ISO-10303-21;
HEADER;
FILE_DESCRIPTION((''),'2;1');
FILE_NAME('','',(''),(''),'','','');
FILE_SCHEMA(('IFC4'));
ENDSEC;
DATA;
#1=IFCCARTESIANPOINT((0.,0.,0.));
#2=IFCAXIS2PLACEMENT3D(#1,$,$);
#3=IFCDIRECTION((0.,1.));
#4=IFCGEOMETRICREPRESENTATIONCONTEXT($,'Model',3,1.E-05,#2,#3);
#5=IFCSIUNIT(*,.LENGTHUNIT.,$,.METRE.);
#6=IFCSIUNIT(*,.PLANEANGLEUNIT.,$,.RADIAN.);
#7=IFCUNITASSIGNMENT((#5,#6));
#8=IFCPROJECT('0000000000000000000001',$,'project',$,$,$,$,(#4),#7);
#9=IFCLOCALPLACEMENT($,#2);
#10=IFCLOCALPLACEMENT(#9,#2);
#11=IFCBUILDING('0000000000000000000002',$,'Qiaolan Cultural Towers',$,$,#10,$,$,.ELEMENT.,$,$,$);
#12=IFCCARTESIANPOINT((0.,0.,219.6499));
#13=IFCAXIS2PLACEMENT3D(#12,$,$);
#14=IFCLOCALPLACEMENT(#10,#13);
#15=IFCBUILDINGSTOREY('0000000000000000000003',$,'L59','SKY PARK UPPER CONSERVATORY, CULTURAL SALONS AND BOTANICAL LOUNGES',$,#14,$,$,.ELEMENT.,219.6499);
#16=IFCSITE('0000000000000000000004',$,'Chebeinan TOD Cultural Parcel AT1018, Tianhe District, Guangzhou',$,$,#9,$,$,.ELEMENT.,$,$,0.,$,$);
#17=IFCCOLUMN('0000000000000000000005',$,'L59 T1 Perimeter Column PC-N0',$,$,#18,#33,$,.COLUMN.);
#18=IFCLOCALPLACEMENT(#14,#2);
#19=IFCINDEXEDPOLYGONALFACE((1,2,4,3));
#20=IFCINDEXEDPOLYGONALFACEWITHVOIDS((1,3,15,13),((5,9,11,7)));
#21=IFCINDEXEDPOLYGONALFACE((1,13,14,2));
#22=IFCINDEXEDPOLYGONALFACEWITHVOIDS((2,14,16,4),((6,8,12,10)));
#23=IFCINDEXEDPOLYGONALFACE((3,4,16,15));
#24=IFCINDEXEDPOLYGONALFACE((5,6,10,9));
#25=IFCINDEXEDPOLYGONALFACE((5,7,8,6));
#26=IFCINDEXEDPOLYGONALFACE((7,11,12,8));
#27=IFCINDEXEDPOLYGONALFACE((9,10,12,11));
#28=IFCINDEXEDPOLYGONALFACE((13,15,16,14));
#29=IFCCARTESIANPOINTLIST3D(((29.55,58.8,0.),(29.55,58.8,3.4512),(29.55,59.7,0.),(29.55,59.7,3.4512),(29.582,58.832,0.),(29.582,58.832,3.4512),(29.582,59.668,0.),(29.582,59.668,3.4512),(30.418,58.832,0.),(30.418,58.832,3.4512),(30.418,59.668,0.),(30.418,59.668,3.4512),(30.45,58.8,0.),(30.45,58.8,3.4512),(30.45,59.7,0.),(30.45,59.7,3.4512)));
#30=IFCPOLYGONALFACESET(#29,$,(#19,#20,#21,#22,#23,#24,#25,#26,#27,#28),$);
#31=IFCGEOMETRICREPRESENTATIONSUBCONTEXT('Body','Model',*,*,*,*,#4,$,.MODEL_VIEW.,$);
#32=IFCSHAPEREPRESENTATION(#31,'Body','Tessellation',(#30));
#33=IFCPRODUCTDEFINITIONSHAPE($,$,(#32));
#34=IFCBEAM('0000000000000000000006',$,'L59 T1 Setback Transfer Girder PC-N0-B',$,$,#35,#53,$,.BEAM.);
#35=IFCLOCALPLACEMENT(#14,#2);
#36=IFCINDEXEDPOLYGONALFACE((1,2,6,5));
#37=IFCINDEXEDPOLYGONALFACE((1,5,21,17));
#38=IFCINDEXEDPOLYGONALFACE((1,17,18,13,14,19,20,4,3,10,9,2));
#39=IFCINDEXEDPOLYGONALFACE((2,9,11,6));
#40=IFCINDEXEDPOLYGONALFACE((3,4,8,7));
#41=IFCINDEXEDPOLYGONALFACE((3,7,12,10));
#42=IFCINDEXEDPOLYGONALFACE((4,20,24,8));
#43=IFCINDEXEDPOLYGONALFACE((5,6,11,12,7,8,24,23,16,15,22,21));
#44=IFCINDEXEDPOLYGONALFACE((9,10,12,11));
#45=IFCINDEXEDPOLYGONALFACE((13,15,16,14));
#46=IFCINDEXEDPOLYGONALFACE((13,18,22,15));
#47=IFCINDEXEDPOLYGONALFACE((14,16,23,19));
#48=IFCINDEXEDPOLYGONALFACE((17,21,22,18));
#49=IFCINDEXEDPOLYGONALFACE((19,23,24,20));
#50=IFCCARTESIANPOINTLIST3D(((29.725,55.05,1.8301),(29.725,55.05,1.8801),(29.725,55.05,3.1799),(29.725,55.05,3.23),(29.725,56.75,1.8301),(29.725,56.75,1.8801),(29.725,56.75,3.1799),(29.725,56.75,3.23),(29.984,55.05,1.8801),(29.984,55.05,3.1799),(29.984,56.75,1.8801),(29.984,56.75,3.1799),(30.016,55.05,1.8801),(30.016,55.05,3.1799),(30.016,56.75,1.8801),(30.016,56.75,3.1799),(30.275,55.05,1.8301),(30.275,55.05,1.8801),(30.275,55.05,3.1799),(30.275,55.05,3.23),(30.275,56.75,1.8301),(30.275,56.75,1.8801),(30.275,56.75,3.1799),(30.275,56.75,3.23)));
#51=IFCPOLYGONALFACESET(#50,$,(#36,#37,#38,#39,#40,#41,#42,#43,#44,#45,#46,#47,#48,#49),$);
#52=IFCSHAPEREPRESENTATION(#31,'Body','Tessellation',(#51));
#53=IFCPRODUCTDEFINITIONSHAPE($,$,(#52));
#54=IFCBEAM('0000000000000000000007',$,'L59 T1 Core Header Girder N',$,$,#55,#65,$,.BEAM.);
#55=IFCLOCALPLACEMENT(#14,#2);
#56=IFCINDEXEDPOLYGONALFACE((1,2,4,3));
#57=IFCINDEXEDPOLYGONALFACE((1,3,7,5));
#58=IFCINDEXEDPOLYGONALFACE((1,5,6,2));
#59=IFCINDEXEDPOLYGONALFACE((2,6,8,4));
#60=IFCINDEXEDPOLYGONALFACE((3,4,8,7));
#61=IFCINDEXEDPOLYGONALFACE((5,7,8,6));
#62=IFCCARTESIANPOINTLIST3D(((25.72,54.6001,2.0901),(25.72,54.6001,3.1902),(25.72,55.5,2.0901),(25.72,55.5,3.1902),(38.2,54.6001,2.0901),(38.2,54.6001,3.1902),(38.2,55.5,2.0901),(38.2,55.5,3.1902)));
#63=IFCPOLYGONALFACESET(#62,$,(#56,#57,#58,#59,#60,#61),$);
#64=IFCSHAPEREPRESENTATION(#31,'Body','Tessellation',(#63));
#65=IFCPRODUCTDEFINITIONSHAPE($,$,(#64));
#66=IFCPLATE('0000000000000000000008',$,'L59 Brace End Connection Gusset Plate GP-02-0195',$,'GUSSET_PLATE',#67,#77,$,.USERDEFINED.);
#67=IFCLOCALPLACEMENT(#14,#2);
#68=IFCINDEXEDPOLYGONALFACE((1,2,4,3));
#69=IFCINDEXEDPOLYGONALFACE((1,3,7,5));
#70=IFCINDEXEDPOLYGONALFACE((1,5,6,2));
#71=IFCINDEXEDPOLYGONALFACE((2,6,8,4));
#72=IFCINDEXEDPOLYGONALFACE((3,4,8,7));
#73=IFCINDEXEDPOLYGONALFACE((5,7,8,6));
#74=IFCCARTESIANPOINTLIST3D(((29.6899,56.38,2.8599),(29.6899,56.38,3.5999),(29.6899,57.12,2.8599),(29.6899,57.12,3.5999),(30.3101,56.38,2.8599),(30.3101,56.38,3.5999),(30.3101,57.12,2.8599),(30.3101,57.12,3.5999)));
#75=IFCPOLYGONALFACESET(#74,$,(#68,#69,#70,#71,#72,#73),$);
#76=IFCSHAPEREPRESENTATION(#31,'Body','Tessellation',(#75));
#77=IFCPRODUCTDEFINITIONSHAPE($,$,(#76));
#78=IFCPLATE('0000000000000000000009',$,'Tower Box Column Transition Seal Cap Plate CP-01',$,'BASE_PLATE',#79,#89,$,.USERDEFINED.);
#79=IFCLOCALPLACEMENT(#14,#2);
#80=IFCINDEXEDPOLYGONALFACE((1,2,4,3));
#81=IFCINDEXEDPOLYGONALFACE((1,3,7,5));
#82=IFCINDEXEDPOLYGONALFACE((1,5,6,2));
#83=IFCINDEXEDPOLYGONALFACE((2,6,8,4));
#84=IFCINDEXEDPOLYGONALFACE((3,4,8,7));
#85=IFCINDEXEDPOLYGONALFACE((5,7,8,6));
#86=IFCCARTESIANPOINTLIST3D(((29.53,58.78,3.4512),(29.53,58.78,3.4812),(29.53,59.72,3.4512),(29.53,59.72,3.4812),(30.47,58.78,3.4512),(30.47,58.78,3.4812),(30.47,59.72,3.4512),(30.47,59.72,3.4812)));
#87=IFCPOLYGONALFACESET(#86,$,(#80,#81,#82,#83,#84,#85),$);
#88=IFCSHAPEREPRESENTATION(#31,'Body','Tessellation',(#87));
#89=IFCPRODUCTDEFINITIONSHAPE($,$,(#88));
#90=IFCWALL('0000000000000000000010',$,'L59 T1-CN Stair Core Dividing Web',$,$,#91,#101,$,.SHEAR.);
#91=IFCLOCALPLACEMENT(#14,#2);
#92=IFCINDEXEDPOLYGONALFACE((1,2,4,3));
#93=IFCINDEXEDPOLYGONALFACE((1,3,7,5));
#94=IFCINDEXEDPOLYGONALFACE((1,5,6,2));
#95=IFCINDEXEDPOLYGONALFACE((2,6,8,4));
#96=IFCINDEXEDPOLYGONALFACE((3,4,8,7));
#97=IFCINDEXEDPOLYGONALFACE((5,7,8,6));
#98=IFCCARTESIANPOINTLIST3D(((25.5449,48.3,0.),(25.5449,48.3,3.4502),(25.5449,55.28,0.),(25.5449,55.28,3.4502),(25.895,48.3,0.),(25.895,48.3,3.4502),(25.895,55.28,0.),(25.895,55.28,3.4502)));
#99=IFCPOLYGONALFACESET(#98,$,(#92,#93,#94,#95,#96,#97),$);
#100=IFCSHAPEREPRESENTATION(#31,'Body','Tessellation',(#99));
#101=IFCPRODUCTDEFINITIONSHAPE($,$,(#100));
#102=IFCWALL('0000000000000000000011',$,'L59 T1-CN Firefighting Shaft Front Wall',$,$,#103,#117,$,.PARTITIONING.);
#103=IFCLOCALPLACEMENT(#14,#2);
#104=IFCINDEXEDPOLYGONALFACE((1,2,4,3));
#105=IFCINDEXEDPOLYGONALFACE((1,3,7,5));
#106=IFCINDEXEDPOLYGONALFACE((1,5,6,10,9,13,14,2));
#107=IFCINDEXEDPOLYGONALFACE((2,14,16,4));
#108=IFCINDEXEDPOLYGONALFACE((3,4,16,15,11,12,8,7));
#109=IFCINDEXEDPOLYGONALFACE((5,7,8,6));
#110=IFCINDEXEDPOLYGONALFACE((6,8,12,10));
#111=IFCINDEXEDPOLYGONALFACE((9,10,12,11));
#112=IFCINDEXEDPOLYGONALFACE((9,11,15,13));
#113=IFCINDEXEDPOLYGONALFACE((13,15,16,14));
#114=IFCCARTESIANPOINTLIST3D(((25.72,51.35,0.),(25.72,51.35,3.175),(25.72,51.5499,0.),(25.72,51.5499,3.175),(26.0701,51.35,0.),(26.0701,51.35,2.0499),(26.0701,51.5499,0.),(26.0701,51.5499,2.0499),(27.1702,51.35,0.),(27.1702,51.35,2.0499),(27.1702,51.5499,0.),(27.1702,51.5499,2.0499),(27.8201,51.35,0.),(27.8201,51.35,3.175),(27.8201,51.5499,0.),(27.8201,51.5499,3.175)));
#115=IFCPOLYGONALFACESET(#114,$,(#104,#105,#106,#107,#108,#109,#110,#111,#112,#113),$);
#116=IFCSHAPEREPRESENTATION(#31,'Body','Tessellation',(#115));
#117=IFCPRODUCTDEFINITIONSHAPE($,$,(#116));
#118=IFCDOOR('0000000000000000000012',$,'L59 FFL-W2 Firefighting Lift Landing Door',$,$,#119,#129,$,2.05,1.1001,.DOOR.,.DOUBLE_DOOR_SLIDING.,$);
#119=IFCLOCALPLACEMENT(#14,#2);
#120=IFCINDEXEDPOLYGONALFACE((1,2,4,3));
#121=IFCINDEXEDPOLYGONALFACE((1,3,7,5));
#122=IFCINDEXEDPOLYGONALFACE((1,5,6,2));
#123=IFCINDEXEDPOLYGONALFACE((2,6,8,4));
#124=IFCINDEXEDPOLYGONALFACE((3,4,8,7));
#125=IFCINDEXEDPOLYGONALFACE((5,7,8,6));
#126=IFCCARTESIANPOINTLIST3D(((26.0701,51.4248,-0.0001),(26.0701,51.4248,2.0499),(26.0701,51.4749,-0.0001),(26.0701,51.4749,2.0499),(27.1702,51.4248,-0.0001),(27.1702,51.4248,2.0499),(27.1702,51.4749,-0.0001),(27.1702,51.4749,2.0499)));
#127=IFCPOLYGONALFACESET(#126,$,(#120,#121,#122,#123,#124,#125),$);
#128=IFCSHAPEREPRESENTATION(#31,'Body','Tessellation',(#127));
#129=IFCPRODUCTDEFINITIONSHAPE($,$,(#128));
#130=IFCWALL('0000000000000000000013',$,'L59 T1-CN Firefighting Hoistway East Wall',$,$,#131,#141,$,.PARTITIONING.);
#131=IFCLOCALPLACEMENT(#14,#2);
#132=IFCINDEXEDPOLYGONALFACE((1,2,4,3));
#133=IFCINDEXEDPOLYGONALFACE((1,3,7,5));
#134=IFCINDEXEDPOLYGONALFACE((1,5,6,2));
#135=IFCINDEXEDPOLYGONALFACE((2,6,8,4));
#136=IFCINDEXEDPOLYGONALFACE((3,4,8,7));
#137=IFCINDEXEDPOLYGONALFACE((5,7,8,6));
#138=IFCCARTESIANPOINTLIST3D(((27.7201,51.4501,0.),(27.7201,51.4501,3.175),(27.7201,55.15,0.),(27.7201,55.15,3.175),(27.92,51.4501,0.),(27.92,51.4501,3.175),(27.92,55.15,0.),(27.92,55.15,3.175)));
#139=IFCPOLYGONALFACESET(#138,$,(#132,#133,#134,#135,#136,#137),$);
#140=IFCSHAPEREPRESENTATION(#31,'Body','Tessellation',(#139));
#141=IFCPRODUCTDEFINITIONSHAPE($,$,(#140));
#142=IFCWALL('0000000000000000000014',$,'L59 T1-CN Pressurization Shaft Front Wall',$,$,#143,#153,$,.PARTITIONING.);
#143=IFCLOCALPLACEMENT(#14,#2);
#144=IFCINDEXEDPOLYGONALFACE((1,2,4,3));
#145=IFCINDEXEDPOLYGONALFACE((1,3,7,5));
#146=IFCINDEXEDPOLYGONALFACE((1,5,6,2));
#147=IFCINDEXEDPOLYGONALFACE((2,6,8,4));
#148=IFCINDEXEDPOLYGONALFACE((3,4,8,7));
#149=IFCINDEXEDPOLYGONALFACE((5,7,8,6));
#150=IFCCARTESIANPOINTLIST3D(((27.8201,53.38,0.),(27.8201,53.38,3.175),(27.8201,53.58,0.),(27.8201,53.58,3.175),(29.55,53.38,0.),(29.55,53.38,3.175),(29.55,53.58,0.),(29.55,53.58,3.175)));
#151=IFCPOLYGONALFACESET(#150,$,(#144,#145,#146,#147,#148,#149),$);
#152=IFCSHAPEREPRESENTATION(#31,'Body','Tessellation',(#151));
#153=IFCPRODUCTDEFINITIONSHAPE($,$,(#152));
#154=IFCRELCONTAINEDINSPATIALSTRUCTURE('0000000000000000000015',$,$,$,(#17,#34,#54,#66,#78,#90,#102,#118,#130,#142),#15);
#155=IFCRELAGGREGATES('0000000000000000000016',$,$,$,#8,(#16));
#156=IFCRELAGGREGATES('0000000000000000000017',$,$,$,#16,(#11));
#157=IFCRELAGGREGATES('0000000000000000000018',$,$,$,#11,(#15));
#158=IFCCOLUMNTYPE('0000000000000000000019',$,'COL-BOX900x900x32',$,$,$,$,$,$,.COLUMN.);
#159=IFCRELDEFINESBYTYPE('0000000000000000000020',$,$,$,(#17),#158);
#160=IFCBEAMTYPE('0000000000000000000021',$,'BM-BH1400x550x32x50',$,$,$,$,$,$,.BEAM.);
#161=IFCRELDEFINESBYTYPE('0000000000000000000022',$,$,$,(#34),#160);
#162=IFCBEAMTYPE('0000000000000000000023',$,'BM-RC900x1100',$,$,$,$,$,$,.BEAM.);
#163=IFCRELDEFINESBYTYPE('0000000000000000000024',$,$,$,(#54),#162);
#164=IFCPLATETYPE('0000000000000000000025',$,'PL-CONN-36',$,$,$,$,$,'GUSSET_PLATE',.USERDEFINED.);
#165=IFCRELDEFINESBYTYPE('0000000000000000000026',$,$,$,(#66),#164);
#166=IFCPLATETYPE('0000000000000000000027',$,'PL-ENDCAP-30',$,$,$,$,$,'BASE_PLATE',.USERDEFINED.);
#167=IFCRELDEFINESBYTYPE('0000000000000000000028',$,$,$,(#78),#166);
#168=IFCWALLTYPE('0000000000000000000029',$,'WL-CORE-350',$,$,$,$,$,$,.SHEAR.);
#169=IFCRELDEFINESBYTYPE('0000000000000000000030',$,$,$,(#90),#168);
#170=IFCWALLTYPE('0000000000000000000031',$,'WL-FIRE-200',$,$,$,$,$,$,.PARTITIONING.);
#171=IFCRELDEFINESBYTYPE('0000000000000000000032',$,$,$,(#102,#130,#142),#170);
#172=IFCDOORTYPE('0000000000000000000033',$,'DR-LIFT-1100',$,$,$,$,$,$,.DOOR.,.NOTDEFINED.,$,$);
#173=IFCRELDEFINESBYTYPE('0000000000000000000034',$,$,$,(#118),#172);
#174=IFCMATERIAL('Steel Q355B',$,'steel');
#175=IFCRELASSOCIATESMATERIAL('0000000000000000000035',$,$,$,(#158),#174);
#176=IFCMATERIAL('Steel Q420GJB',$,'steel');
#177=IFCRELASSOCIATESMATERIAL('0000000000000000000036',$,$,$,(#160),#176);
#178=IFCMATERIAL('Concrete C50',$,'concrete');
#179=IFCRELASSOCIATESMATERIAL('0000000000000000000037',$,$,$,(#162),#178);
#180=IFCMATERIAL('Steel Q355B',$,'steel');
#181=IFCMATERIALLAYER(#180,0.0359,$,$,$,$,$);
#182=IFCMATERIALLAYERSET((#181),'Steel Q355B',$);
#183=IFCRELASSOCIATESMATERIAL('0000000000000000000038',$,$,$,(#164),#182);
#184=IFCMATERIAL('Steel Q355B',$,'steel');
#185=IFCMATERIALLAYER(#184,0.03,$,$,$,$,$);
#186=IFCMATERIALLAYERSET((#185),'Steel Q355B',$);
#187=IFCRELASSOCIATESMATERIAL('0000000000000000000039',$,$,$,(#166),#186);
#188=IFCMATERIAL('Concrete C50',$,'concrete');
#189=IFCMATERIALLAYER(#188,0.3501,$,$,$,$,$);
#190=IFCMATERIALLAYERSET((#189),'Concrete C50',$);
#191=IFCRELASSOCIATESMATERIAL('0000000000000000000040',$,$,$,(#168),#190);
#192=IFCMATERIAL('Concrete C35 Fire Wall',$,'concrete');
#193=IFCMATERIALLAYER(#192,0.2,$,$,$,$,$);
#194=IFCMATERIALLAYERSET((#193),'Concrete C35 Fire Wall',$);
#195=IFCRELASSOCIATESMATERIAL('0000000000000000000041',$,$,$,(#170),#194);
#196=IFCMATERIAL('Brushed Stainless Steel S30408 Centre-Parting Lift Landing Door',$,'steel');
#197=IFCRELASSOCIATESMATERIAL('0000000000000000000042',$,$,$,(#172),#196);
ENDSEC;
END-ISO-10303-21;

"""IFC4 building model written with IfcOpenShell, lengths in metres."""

from ifc_helpers import new_model, si_unit, direction, frame, frame_2d, origin, origin_2d, place, context, subcontext, project, spatial, rectangle, hollow_rectangle, i_section, extrude, material, layer, layer_set, material_profile, profile_set, type_object, element, fill, save


model = new_model("IFC4")

# Units and contexts
model_context = context("Model", 3, precision=1e-05, world=origin(), true_north=direction((0.0, 1.0)))
body_context = subcontext(model_context, "Body", "Model", "MODEL_VIEW")
ifc_project = project(units=[si_unit("LENGTHUNIT", "METRE"), si_unit("PLANEANGLEUNIT", "RADIAN")], contexts=[model_context])

# Site, building, storey
site_placement = place(None, origin())
site = spatial("IfcSite", under=ifc_project, at=site_placement, Name="Chebeinan TOD Cultural Parcel AT1018, Tianhe District, Guangzhou", CompositionType="ELEMENT", RefElevation=0.0)
building_placement = place(site_placement, origin())
building = spatial("IfcBuilding", under=site, at=building_placement, Name="Qiaolan Cultural Towers", CompositionType="ELEMENT")
storey_placement = place(building_placement, frame((0.0, 0.0, 219.6499)))
storey = spatial("IfcBuildingStorey", under=building, at=storey_placement, Name="L59", Description="SKY PARK UPPER CONSERVATORY, CULTURAL SALONS AND BOTANICAL LOUNGES", CompositionType="ELEMENT", Elevation=219.6499)

# Column
ifc_material_1 = material(Name="Steel Q355B", Category="steel")
ifc_material_profile_1 = material_profile(ifc_material_1, hollow_rectangle(XDim=0.8999, YDim=0.8999, WallThickness=0.032, at=origin_2d()), Name="BOX900x900x32")
ifc_profile_set_1 = profile_set([ifc_material_profile_1], Name="Steel Q355B")
column_type = type_object("IfcColumnType", Name="COL-BOX900x900x32", PredefinedType="COLUMN", material=ifc_profile_set_1)
column_placement = place(storey_placement, frame((30.0, 59.25, 0.0), z_axis=(0.0, 0.0, 1.0), x_axis=(1.0, 0.0, 0.0)))
element("IfcColumn", 1, at=column_placement, inside=storey, type_object=column_type, Name="L59 T1 Perimeter Column PC-N0", PredefinedType="COLUMN", context=body_context, shape_type="SweptSolid", body=[
    extrude(hollow_rectangle(XDim=0.8999, YDim=0.8999, WallThickness=0.032, at=origin_2d()), origin(), (0.0, 0.0, 1.0), 3.4512),
])

# Beams
ifc_material_2 = material(Name="Steel Q420GJB", Category="steel")
ifc_material_profile_2 = material_profile(ifc_material_2, i_section(OverallWidth=0.55, OverallDepth=1.3999, WebThickness=0.032, FlangeThickness=0.05, at=origin_2d()), Name="BH1400x550x32x50")
ifc_profile_set_2 = profile_set([ifc_material_profile_2], Name="Steel Q420GJB")
beam_type_1 = type_object("IfcBeamType", Name="BM-BH1400x550x32x50", PredefinedType="BEAM", material=ifc_profile_set_2)
beam_1_placement = place(storey_placement, frame((30.0, 56.75, 2.53), z_axis=(0.0, -1.0, 0.0), x_axis=(1.0, 0.0, 0.0)))
element("IfcBeam", 2, at=beam_1_placement, inside=storey, type_object=beam_type_1, Name="L59 T1 Setback Transfer Girder PC-N0-B", PredefinedType="BEAM", context=body_context, shape_type="SweptSolid", body=[
    extrude(i_section(OverallWidth=0.55, OverallDepth=1.3999, WebThickness=0.032, FlangeThickness=0.05, at=origin_2d()), origin(), (0.0, 0.0, 1.0), 1.7),
])
ifc_material_3 = material(Name="Concrete C50", Category="concrete")
ifc_material_profile_3 = material_profile(ifc_material_3, rectangle(XDim=0.8999, YDim=1.1001, at=origin_2d()), Name="RC900x1100")
ifc_profile_set_3 = profile_set([ifc_material_profile_3], Name="Concrete C50")
beam_type_2 = type_object("IfcBeamType", Name="BM-RC900x1100", PredefinedType="BEAM", material=ifc_profile_set_3)
beam_2_placement = place(storey_placement, frame((25.72, 55.05, 2.6401), z_axis=(1.0, 0.0, 0.0), x_axis=(0.0, 1.0, 0.0)))
element("IfcBeam", 3, at=beam_2_placement, inside=storey, type_object=beam_type_2, Name="L59 T1 Core Header Girder N", PredefinedType="BEAM", context=body_context, shape_type="SweptSolid", body=[
    extrude(rectangle(XDim=0.8999, YDim=1.1001, at=origin_2d()), origin(), (0.0, 0.0, 1.0), 12.48),
])

# Plates
ifc_material_4 = material(Name="Steel Q355B", Category="steel")
ifc_layer_1 = layer(ifc_material_4, 0.0359)
ifc_layer_set_1 = layer_set([ifc_layer_1], Name="Steel Q355B")
plate_type_1 = type_object("IfcPlateType", Name="PL-CONN-36", ElementType="GUSSET_PLATE", PredefinedType="USERDEFINED", material=ifc_layer_set_1)
plate_1_placement = place(storey_placement, frame((30.0, 56.75, 2.8599), z_axis=(0.0, 0.0, 1.0), x_axis=(0.0, 1.0, 0.0)))
element("IfcPlate", 4, at=plate_1_placement, inside=storey, type_object=plate_type_1, Name="L59 Brace End Connection Gusset Plate GP-02-0195", ObjectType="GUSSET_PLATE", PredefinedType="USERDEFINED", context=body_context, shape_type="SweptSolid", body=[
    extrude(rectangle(XDim=0.74, YDim=0.6201, at=origin_2d()), origin(), (0.0, 0.0, 1.0), 0.74),
])
ifc_material_5 = material(Name="Steel Q355B", Category="steel")
ifc_layer_2 = layer(ifc_material_5, 0.03)
ifc_layer_set_2 = layer_set([ifc_layer_2], Name="Steel Q355B")
plate_type_2 = type_object("IfcPlateType", Name="PL-ENDCAP-30", ElementType="BASE_PLATE", PredefinedType="USERDEFINED", material=ifc_layer_set_2)
plate_2_placement = place(storey_placement, frame((30.0, 59.25, 3.4512), z_axis=(0.0, 0.0, 1.0), x_axis=(1.0, 0.0, 0.0)))
element("IfcPlate", 5, at=plate_2_placement, inside=storey, type_object=plate_type_2, Name="Tower Box Column Transition Seal Cap Plate CP-01", ObjectType="BASE_PLATE", PredefinedType="USERDEFINED", context=body_context, shape_type="SweptSolid", body=[
    extrude(rectangle(XDim=0.9399, YDim=0.9399, at=origin_2d()), origin(), (0.0, 0.0, 1.0), 0.03),
])

# Wall
ifc_material_6 = material(Name="Concrete C50", Category="concrete")
ifc_layer_3 = layer(ifc_material_6, 0.3501)
ifc_layer_set_3 = layer_set([ifc_layer_3], Name="Concrete C50")
wall_type_1 = type_object("IfcWallType", Name="WL-CORE-350", PredefinedType="SHEAR", material=ifc_layer_set_3)
wall_1_placement = place(storey_placement, frame((25.72, 48.3, 0.0), z_axis=(0.0, 0.0, 1.0), x_axis=(0.0, 1.0, 0.0)))
element("IfcWall", 6, at=wall_1_placement, inside=storey, type_object=wall_type_1, Name="L59 T1-CN Stair Core Dividing Web", PredefinedType="SHEAR", context=body_context, shape_type="SweptSolid", body=[
    extrude(rectangle(XDim=6.98, YDim=0.3501, at=frame_2d((3.49, 0.0))), origin(), (0.0, 0.0, 1.0), 3.4502),
])

# Wall, opening, door
ifc_material_7 = material(Name="Concrete C35 Fire Wall", Category="concrete")
ifc_layer_4 = layer(ifc_material_7, 0.2)
ifc_layer_set_4 = layer_set([ifc_layer_4], Name="Concrete C35 Fire Wall")
wall_type_2 = type_object("IfcWallType", Name="WL-FIRE-200", PredefinedType="PARTITIONING", material=ifc_layer_set_4)
wall_2_placement = place(storey_placement, frame((25.72, 51.45, 0.0), z_axis=(0.0, 0.0, 1.0), x_axis=(1.0, 0.0, 0.0)))
wall_2 = element("IfcWall", 7, at=wall_2_placement, inside=storey, type_object=wall_type_2, Name="L59 T1-CN Firefighting Shaft Front Wall", PredefinedType="PARTITIONING", context=body_context, shape_type="SweptSolid", body=[
    extrude(rectangle(XDim=2.1001, YDim=0.2, at=frame_2d((1.05, 0.0))), origin(), (0.0, 0.0, 1.0), 3.175),
])
opening_1_placement = place(wall_2_placement, frame((0.3501, 0.0, 0.0)))
opening_1 = element("IfcOpeningElement", 8, at=opening_1_placement, cuts=wall_2, PredefinedType="OPENING", context=body_context, shape_type="SweptSolid", body=[
    extrude(rectangle(XDim=1.1001, YDim=2.05, at=frame_2d((0.55, 1.0249))), frame((0.0, 0.1099, 0.0), z_axis=(0.0, -1.0, 0.0), x_axis=(1.0, 0.0, 0.0)), (0.0, 0.0, 1.0), 0.22),
])
ifc_material_8 = material(Name="Brushed Stainless Steel S30408 Centre-Parting Lift Landing Door", Category="steel")
door_type_1 = type_object("IfcDoorType", Name="DR-LIFT-1100", OperationType="NOTDEFINED", PredefinedType="DOOR", material=ifc_material_8)
door_1_placement = place(opening_1_placement, origin())
door_1 = element("IfcDoor", 9, at=door_1_placement, inside=storey, type_object=door_type_1, Name="L59 FFL-W2 Firefighting Lift Landing Door", OperationType="DOUBLE_DOOR_SLIDING", OverallHeight=2.05, OverallWidth=1.1001, PredefinedType="DOOR", context=body_context, shape_type="SweptSolid", body=[
    extrude(rectangle(XDim=1.1001, YDim=2.05, at=frame_2d((0.55, 1.0249))), frame((0.0, 0.0249, 0.0), z_axis=(0.0, -1.0, 0.0), x_axis=(1.0, 0.0, 0.0)), (0.0, 0.0, 1.0), 0.05),
])
fill(opening_1, door_1)

# Walls
wall_3_placement = place(storey_placement, frame((27.8201, 51.45, 0.0), z_axis=(0.0, 0.0, 1.0), x_axis=(0.0, 1.0, 0.0)))
element("IfcWall", 10, at=wall_3_placement, inside=storey, type_object=wall_type_2, Name="L59 T1-CN Firefighting Hoistway East Wall", PredefinedType="PARTITIONING", context=body_context, shape_type="SweptSolid", body=[
    extrude(rectangle(XDim=3.7, YDim=0.2, at=frame_2d((1.8501, 0.0))), origin(), (0.0, 0.0, 1.0), 3.175),
])
wall_4_placement = place(storey_placement, frame((27.8201, 53.48, 0.0), z_axis=(0.0, 0.0, 1.0), x_axis=(1.0, 0.0, 0.0)))
element("IfcWall", 11, at=wall_4_placement, inside=storey, type_object=wall_type_2, Name="L59 T1-CN Pressurization Shaft Front Wall", PredefinedType="PARTITIONING", context=body_context, shape_type="SweptSolid", body=[
    extrude(rectangle(XDim=1.73, YDim=0.2, at=frame_2d((0.865, 0.0))), origin(), (0.0, 0.0, 1.0), 3.175),
])

save(model, "model.ifc")
